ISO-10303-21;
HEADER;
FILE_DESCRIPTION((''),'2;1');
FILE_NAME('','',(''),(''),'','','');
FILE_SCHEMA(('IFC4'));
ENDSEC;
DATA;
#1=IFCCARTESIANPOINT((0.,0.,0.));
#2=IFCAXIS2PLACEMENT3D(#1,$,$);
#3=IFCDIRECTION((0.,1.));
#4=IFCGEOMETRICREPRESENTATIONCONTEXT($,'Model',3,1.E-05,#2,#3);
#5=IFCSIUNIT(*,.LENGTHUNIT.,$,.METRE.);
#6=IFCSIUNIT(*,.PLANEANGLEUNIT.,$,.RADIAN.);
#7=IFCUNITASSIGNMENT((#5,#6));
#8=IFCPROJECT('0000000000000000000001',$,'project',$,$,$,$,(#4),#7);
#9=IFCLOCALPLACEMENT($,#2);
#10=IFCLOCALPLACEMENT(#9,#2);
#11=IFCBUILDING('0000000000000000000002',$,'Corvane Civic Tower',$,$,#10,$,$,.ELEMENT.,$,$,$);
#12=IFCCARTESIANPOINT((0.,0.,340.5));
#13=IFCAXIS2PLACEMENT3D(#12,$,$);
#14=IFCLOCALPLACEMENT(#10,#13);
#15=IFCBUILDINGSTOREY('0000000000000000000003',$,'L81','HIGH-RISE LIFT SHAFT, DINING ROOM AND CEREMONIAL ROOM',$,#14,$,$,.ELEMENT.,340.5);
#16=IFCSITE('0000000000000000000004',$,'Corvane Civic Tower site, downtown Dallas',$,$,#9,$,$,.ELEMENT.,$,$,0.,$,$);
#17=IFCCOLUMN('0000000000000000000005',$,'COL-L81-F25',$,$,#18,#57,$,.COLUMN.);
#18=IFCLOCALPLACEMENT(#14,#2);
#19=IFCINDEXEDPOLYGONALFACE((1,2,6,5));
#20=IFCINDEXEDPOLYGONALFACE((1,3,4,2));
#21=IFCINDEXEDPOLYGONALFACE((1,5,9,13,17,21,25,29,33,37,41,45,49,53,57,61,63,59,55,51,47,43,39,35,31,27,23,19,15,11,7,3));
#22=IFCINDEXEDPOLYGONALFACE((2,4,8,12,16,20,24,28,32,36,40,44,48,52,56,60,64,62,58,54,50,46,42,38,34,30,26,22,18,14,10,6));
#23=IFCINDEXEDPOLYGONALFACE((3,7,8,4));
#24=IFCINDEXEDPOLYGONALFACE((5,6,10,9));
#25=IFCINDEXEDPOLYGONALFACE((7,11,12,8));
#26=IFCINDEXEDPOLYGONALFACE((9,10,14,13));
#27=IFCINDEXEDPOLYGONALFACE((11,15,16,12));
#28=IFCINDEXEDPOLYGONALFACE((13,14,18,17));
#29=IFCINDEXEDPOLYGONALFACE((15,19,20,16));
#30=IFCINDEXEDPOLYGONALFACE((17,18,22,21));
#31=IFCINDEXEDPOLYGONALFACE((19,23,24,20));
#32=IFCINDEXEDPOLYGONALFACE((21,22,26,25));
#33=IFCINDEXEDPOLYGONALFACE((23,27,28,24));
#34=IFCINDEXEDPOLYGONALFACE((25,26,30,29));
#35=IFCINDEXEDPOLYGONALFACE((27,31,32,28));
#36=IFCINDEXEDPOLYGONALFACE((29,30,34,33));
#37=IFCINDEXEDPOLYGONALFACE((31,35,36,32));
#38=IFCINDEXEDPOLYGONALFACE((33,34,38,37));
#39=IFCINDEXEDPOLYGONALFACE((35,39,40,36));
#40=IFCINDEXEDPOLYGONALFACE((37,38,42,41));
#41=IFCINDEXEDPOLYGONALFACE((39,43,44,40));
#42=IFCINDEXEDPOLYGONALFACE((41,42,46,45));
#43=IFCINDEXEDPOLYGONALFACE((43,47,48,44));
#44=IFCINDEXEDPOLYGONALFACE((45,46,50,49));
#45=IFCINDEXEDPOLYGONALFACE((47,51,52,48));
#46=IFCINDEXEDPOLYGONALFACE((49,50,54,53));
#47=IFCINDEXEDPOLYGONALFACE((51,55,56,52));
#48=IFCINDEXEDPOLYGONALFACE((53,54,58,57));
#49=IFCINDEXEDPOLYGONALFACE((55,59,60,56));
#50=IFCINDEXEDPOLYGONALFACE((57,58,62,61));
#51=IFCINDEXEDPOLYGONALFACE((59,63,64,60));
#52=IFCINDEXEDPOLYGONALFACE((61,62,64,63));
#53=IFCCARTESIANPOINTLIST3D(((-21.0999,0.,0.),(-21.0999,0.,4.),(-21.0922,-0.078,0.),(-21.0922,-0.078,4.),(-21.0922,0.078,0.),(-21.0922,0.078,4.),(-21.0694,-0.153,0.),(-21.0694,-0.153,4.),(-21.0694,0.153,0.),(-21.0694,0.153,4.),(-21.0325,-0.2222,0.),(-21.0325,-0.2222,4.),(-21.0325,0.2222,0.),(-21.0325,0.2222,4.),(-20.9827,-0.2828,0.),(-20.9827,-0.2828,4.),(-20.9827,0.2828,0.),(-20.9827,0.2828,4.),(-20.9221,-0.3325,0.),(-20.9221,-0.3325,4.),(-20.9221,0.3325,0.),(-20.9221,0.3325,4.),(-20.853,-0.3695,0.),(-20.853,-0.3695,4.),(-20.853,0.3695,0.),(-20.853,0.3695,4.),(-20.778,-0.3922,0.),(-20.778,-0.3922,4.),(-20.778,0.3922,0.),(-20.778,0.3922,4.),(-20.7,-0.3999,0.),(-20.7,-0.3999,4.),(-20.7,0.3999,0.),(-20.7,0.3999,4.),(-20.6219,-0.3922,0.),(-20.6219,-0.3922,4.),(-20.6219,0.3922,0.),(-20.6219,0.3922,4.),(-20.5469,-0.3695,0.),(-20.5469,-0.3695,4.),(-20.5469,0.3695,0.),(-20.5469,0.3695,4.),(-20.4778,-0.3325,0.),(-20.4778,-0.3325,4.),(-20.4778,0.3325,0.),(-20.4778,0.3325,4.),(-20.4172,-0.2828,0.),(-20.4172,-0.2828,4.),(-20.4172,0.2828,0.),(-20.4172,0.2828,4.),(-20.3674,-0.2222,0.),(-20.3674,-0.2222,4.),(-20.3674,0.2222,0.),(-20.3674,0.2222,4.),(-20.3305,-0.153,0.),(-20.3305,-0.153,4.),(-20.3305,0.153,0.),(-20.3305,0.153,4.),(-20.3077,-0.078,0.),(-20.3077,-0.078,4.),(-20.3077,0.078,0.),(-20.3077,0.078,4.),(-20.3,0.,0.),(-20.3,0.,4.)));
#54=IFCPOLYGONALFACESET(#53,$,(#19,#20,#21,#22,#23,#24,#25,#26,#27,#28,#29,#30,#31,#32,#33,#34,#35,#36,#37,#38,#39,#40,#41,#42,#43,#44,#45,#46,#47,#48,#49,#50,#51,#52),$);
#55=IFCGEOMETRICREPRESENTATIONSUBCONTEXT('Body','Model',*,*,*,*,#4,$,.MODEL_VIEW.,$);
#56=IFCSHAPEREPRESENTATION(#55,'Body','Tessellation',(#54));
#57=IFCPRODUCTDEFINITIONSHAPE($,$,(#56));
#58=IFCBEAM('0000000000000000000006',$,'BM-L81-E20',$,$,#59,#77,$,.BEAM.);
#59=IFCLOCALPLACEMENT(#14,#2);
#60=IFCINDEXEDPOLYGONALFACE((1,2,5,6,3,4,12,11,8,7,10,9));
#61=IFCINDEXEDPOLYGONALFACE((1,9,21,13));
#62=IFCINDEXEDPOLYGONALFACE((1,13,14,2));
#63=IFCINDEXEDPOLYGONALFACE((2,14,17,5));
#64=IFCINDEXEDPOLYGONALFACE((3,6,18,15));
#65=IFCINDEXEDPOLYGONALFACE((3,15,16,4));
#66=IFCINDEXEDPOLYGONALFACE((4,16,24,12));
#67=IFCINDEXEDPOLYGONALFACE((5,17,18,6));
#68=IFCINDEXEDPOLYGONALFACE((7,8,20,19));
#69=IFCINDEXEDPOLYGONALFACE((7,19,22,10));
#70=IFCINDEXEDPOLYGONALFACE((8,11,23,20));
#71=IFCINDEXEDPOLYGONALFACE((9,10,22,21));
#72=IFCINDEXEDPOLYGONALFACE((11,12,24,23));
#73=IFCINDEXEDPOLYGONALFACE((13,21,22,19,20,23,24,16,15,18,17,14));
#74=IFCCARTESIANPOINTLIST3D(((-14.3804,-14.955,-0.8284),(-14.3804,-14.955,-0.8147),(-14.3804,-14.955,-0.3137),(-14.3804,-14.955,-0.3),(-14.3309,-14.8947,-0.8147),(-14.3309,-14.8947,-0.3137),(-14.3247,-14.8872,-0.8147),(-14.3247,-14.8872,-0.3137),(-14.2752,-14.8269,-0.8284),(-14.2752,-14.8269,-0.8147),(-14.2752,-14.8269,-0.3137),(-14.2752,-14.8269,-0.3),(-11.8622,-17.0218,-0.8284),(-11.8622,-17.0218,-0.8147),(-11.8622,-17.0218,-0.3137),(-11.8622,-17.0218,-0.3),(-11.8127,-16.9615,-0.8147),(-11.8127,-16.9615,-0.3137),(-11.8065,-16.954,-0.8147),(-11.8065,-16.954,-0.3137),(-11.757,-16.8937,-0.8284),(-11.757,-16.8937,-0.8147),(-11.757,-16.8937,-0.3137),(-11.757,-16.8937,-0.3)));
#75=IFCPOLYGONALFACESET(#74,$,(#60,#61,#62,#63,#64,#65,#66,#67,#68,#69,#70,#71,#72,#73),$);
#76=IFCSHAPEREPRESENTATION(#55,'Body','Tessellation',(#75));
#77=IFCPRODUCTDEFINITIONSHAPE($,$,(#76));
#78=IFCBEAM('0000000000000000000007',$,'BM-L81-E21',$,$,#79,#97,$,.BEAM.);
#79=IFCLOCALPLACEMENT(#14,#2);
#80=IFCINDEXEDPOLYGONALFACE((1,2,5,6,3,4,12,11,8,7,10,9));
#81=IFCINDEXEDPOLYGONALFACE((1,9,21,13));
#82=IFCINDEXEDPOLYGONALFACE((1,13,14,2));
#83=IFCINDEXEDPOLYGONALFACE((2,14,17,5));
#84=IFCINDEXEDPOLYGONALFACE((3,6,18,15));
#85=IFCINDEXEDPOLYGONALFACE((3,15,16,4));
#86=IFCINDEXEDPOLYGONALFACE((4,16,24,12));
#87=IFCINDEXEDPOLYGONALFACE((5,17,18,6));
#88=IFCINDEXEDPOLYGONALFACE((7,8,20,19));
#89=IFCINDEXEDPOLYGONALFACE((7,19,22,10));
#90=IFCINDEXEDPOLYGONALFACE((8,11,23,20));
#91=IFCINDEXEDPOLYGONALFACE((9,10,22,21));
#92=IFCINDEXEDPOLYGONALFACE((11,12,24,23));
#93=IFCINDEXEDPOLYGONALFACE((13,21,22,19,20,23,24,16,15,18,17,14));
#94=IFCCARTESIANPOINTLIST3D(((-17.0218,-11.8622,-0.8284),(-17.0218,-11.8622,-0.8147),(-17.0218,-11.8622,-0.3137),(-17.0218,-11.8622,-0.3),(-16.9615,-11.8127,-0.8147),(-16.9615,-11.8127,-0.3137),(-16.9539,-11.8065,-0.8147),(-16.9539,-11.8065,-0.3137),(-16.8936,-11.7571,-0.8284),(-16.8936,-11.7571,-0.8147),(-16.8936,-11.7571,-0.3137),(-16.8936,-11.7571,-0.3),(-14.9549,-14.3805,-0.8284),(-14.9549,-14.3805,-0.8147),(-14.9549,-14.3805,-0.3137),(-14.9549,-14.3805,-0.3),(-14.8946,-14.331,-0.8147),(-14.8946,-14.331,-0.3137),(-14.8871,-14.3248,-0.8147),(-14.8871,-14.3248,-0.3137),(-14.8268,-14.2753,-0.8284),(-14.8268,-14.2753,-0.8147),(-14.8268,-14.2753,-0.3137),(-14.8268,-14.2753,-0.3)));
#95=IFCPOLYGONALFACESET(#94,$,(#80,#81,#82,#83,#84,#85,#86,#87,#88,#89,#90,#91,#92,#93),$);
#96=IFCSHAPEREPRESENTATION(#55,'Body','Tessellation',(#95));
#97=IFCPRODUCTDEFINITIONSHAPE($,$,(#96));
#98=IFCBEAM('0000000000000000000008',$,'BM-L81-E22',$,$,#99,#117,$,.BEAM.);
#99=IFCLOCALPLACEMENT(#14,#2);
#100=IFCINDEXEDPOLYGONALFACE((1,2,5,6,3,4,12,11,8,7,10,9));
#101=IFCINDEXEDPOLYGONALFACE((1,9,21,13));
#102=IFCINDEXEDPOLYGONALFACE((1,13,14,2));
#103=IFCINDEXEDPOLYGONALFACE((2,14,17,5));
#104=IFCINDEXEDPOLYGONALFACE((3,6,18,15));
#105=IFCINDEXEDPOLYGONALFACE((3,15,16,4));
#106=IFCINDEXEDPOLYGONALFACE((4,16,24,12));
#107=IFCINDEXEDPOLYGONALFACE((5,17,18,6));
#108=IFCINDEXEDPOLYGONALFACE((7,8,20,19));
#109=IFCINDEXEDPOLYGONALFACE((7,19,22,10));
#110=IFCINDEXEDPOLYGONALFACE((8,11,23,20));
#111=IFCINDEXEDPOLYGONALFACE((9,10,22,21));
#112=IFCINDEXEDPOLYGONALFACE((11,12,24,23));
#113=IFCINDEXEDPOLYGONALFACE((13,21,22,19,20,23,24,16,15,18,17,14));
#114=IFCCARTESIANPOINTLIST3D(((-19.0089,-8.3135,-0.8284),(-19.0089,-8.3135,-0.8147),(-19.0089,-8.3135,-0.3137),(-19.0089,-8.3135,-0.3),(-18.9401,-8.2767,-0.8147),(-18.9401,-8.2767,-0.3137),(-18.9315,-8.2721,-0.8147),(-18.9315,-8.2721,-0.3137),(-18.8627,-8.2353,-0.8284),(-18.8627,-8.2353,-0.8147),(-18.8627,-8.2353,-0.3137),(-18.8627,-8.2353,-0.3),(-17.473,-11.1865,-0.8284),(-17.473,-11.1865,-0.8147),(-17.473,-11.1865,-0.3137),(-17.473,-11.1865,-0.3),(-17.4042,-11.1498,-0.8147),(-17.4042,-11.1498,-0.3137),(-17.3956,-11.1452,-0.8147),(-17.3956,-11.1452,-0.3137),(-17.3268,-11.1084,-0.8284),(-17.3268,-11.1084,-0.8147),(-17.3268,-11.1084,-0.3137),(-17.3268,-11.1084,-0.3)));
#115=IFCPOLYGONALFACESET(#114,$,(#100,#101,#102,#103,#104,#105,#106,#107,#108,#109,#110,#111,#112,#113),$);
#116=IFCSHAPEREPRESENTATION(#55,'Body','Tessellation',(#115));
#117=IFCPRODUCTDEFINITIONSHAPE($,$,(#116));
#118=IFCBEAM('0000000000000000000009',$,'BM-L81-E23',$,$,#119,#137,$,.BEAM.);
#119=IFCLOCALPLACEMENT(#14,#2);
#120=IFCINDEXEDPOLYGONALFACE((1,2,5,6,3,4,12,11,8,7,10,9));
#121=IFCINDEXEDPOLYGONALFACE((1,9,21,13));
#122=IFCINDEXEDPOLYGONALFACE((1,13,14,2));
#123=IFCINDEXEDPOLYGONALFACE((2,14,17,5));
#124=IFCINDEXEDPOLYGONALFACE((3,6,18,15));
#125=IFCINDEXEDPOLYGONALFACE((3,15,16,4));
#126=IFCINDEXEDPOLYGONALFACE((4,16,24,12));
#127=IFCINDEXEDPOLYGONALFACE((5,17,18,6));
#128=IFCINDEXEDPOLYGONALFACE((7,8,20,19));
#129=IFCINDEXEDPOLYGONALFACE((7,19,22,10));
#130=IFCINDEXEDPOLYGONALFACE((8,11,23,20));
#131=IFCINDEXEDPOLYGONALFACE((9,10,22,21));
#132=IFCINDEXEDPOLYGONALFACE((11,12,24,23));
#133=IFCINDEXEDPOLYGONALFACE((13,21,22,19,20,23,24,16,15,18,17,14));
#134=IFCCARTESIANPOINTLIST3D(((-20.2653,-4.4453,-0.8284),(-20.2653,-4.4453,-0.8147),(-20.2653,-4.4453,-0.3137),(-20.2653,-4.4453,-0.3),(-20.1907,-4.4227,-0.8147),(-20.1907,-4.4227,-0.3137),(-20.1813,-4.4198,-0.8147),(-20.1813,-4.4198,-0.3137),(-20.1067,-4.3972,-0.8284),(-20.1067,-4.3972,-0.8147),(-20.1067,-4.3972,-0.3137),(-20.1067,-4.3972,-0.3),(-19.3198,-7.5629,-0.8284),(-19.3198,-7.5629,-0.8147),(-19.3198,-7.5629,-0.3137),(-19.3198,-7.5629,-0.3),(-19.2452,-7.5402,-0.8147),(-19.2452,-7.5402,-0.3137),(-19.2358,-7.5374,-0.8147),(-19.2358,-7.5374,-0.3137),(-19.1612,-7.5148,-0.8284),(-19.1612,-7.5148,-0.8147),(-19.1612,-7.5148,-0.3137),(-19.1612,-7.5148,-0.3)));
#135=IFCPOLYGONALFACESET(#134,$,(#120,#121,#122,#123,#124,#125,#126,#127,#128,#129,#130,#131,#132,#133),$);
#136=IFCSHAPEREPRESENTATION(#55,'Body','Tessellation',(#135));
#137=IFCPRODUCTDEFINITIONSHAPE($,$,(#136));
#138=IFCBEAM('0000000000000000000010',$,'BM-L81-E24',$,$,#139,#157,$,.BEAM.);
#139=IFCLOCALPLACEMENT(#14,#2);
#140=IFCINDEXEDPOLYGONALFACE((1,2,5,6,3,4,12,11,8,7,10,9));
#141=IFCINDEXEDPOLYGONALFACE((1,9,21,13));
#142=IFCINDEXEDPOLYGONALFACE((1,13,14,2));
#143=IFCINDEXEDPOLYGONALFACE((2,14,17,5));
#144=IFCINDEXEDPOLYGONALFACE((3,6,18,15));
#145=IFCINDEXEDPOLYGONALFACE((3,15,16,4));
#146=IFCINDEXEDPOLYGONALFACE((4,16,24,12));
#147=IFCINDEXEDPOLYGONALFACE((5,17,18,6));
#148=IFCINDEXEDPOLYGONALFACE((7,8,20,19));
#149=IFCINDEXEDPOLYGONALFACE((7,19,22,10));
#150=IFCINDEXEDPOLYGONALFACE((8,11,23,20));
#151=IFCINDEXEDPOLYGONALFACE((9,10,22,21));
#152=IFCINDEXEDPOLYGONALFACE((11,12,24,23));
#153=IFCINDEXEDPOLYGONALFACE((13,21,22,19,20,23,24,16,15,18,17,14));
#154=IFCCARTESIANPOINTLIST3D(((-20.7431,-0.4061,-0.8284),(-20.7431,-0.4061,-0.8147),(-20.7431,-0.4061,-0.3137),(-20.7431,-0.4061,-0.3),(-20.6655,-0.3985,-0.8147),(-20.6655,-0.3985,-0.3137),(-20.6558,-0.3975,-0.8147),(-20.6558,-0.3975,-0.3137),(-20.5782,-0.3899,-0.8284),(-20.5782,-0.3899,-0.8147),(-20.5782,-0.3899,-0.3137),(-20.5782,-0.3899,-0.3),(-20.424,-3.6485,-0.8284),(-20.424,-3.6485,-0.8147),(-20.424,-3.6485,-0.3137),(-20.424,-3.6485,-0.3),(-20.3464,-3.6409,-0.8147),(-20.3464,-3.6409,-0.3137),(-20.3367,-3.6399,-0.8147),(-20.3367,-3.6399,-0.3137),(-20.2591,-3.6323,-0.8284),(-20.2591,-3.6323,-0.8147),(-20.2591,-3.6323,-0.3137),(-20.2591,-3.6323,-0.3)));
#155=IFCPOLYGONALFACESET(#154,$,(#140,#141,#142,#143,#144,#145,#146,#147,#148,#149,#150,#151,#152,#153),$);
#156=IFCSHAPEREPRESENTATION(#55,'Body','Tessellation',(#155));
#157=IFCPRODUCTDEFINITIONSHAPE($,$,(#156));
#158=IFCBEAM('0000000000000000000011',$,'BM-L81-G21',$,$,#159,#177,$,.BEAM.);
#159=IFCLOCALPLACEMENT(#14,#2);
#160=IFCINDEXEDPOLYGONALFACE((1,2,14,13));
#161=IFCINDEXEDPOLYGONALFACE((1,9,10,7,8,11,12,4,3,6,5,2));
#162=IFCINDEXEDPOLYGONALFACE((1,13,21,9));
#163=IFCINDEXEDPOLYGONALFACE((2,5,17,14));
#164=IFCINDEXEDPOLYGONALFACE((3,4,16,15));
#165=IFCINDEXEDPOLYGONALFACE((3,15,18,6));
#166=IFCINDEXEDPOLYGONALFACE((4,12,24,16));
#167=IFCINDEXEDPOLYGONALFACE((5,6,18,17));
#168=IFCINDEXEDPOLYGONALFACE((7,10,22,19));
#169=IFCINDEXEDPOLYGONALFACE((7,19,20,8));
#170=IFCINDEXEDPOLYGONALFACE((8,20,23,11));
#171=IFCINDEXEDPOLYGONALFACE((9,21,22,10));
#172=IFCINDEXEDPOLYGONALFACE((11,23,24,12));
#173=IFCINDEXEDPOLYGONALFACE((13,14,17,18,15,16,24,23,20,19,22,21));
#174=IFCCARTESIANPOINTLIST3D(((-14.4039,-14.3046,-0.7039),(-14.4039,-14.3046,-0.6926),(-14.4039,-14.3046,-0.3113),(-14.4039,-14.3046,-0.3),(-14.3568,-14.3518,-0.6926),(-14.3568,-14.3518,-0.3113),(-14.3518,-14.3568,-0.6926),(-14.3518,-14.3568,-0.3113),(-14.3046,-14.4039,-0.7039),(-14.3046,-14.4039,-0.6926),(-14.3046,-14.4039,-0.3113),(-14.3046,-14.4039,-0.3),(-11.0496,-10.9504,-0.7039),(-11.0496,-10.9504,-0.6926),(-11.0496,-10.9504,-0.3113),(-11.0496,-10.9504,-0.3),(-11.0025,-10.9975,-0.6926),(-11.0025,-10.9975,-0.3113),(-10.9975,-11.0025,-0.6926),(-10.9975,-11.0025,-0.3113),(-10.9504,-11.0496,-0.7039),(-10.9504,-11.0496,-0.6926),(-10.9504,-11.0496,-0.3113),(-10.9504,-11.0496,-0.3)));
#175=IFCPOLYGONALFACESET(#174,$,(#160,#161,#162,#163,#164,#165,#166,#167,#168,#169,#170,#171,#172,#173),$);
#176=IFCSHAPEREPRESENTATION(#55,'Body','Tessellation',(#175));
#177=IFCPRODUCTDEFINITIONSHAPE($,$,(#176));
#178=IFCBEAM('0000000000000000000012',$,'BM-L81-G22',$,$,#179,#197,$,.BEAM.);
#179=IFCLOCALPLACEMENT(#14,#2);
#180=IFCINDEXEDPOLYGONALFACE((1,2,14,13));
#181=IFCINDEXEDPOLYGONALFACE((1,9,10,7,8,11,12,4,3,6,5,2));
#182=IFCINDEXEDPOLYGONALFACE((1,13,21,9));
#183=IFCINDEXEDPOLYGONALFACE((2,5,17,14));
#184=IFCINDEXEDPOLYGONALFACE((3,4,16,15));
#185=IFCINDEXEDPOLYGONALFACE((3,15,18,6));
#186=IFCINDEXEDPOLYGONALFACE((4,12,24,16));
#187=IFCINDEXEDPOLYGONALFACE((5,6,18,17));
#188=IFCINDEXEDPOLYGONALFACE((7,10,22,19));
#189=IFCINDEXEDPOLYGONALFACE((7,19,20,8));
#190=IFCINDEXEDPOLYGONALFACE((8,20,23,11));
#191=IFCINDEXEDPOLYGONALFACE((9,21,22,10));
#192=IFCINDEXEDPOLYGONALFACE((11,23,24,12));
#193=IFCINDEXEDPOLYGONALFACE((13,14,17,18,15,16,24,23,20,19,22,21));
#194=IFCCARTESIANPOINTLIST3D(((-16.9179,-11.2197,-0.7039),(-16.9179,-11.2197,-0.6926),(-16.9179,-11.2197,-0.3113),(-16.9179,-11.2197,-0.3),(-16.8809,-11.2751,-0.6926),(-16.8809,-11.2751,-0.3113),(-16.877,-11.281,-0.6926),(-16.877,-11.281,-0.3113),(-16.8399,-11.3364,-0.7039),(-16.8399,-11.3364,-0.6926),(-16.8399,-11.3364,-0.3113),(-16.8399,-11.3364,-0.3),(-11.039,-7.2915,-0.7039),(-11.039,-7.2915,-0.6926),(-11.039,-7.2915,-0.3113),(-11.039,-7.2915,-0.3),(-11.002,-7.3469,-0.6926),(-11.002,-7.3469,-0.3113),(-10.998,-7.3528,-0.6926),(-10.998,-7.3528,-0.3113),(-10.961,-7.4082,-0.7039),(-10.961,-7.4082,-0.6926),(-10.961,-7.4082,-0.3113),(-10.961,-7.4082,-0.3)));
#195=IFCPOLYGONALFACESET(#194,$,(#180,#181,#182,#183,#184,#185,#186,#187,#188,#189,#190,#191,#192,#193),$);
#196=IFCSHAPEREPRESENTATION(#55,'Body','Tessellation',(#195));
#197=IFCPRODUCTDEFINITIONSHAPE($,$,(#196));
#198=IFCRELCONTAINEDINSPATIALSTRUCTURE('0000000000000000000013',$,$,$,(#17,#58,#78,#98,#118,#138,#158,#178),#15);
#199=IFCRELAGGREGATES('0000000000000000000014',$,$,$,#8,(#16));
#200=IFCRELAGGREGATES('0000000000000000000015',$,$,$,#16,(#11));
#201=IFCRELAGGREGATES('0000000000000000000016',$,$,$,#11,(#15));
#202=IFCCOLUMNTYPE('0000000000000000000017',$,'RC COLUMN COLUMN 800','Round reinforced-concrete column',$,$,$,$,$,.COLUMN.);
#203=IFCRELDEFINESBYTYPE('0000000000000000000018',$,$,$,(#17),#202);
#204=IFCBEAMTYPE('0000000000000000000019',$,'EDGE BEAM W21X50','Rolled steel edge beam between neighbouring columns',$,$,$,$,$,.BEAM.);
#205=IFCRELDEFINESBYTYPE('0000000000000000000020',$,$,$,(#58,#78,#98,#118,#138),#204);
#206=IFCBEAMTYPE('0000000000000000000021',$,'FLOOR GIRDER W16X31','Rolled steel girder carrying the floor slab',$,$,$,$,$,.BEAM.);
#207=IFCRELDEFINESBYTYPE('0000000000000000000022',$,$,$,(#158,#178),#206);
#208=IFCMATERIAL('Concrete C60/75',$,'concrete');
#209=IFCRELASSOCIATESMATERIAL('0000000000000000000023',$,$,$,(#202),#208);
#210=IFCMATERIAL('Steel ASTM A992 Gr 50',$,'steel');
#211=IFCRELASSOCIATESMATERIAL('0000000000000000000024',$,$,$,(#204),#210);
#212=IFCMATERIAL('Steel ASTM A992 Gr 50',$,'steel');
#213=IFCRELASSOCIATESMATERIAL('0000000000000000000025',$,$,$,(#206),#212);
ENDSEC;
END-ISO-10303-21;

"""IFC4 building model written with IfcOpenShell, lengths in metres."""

from ifc_helpers import new_model, si_unit, direction, frame, origin, origin_2d, place, context, subcontext, project, spatial, circle, i_section, extrude, material, material_profile, profile_set, type_object, element, save


model = new_model("IFC4")

# Units and contexts
model_context = context("Model", 3, precision=1e-05, world=origin(), true_north=direction((0.0, 1.0)))
body_context = subcontext(model_context, "Body", "Model", "MODEL_VIEW")
ifc_project = project(units=[si_unit("LENGTHUNIT", "METRE"), si_unit("PLANEANGLEUNIT", "RADIAN")], contexts=[model_context])

# Site, building, storey
site_placement = place(None, origin())
site = spatial("IfcSite", under=ifc_project, at=site_placement, Name="Corvane Civic Tower site, downtown Dallas", CompositionType="ELEMENT", RefElevation=0.0)
building_placement = place(site_placement, origin())
building = spatial("IfcBuilding", under=site, at=building_placement, Name="Corvane Civic Tower", CompositionType="ELEMENT")
storey_placement = place(building_placement, frame((0.0, 0.0, 340.5)))
storey = spatial("IfcBuildingStorey", under=building, at=storey_placement, Name="L81", Description="HIGH-RISE LIFT SHAFT, DINING ROOM AND CEREMONIAL ROOM", CompositionType="ELEMENT", Elevation=340.5)

# Column
ifc_material_1 = material(Name="Concrete C60/75", Category="concrete")
ifc_material_profile_1 = material_profile(ifc_material_1, circle(Radius=0.3999, at=origin_2d()), Name="COLUMN 800")
ifc_profile_set_1 = profile_set([ifc_material_profile_1], Name="Concrete C60/75")
column_type = type_object("IfcColumnType", Name="RC COLUMN COLUMN 800", Description="Round reinforced-concrete column", PredefinedType="COLUMN", material=ifc_profile_set_1)
for number, where, z_axis, x_axis, name in (
    (1, (-20.7, 0.0, 0.0), (0.0, 0.0, 1.0), (1.0, 0.0, 0.0), "COL-L81-F25"),
):
    element("IfcColumn", number, at=place(storey_placement, frame(where, z_axis=z_axis, x_axis=x_axis)), inside=storey, type_object=column_type, Name=name, PredefinedType="COLUMN", context=body_context, shape_type="SweptSolid", body=[
        extrude(circle(Radius=0.3999, at=origin_2d()), origin(), (0.0, 0.0, 1.0), 4.0),
    ])

# Beams
ifc_material_2 = material(Name="Steel ASTM A992 Gr 50", Category="steel")
ifc_material_profile_2 = material_profile(ifc_material_2, i_section(OverallWidth=0.1658, OverallDepth=0.5283, WebThickness=0.0098, FlangeThickness=0.0137, at=origin_2d()), Name="W21X50")
ifc_profile_set_2 = profile_set([ifc_material_profile_2], Name="Steel ASTM A992 Gr 50")
beam_type_1 = type_object("IfcBeamType", Name="EDGE BEAM W21X50", Description="Rolled steel edge beam between neighbouring columns", PredefinedType="BEAM", material=ifc_profile_set_2)
for number, where, z_axis, x_axis, name in (
    (2, (-11.8096, -16.9578, -0.5642), (-0.772985, 0.634425, 0.0), (-0.634425, -0.772985, 0.0), "BM-L81-E20"),
    (3, (-14.8909, -14.3279, -0.5642), (-0.634425, 0.772985, 0.0), (-0.772985, -0.634425, 0.0), "BM-L81-E21"),
    (4, (-17.3999, -11.1475, -0.5642), (-0.471448, 0.881894, 0.0), (-0.881894, -0.471448, 0.0), "BM-L81-E22"),
    (5, (-19.2405, -7.5388, -0.5642), (-0.290234, 0.956956, 0.0), (-0.956956, -0.290234, 0.0), "BM-L81-E23"),
):
    element("IfcBeam", number, at=place(storey_placement, frame(where, z_axis=z_axis, x_axis=x_axis)), inside=storey, type_object=beam_type_1, Name=name, PredefinedType="BEAM", context=body_context, shape_type="SweptSolid", body=[
        extrude(i_section(OverallWidth=0.1658, OverallDepth=0.5283, WebThickness=0.0098, FlangeThickness=0.0137, at=origin_2d()), origin(), (0.0, 0.0, 1.0), 3.2578),
    ])
beam_1_placement = place(storey_placement, frame((-20.3416, -3.6404, -0.5642), z_axis=(-0.097938, 0.995193, 0.0), x_axis=(-0.995193, -0.097938, 0.0)))
element("IfcBeam", 6, at=beam_1_placement, inside=storey, type_object=beam_type_1, Name="BM-L81-E24", PredefinedType="BEAM", context=body_context, shape_type="SweptSolid", body=[
    extrude(i_section(OverallWidth=0.1658, OverallDepth=0.5283, WebThickness=0.0098, FlangeThickness=0.0137, at=origin_2d()), origin(), (0.0, 0.0, 1.0), 3.2581),
])
ifc_material_3 = material(Name="Steel ASTM A992 Gr 50", Category="steel")
ifc_material_profile_3 = material_profile(ifc_material_3, i_section(OverallWidth=0.1404, OverallDepth=0.4038, WebThickness=0.0071, FlangeThickness=0.0112, at=origin_2d()), Name="W16X31")
ifc_profile_set_3 = profile_set([ifc_material_profile_3], Name="Steel ASTM A992 Gr 50")
beam_type_2 = type_object("IfcBeamType", Name="FLOOR GIRDER W16X31", Description="Rolled steel girder carrying the floor slab", PredefinedType="BEAM", material=ifc_profile_set_3)
beam_2_placement = place(storey_placement, frame((-11.0, -11.0, -0.502), z_axis=(-0.707107, -0.707107, 0.0), x_axis=(0.707107, -0.707107, 0.0)))
element("IfcBeam", 7, at=beam_2_placement, inside=storey, type_object=beam_type_2, Name="BM-L81-G21", PredefinedType="BEAM", context=body_context, shape_type="SweptSolid", body=[
    extrude(i_section(OverallWidth=0.1404, OverallDepth=0.4038, WebThickness=0.0071, FlangeThickness=0.0112, at=origin_2d()), origin(), (0.0, 0.0, 1.0), 4.7437),
])
beam_3_placement = place(storey_placement, frame((-11.0, -7.3499, -0.502), z_axis=(-0.831465, -0.555576, 0.0), x_axis=(0.555576, -0.831465, 0.0)))
element("IfcBeam", 8, at=beam_3_placement, inside=storey, type_object=beam_type_2, Name="BM-L81-G22", PredefinedType="BEAM", context=body_context, shape_type="SweptSolid", body=[
    extrude(i_section(OverallWidth=0.1404, OverallDepth=0.4038, WebThickness=0.0071, FlangeThickness=0.0112, at=origin_2d()), origin(), (0.0, 0.0, 1.0), 7.0706),
])

save(model, "model.ifc")
